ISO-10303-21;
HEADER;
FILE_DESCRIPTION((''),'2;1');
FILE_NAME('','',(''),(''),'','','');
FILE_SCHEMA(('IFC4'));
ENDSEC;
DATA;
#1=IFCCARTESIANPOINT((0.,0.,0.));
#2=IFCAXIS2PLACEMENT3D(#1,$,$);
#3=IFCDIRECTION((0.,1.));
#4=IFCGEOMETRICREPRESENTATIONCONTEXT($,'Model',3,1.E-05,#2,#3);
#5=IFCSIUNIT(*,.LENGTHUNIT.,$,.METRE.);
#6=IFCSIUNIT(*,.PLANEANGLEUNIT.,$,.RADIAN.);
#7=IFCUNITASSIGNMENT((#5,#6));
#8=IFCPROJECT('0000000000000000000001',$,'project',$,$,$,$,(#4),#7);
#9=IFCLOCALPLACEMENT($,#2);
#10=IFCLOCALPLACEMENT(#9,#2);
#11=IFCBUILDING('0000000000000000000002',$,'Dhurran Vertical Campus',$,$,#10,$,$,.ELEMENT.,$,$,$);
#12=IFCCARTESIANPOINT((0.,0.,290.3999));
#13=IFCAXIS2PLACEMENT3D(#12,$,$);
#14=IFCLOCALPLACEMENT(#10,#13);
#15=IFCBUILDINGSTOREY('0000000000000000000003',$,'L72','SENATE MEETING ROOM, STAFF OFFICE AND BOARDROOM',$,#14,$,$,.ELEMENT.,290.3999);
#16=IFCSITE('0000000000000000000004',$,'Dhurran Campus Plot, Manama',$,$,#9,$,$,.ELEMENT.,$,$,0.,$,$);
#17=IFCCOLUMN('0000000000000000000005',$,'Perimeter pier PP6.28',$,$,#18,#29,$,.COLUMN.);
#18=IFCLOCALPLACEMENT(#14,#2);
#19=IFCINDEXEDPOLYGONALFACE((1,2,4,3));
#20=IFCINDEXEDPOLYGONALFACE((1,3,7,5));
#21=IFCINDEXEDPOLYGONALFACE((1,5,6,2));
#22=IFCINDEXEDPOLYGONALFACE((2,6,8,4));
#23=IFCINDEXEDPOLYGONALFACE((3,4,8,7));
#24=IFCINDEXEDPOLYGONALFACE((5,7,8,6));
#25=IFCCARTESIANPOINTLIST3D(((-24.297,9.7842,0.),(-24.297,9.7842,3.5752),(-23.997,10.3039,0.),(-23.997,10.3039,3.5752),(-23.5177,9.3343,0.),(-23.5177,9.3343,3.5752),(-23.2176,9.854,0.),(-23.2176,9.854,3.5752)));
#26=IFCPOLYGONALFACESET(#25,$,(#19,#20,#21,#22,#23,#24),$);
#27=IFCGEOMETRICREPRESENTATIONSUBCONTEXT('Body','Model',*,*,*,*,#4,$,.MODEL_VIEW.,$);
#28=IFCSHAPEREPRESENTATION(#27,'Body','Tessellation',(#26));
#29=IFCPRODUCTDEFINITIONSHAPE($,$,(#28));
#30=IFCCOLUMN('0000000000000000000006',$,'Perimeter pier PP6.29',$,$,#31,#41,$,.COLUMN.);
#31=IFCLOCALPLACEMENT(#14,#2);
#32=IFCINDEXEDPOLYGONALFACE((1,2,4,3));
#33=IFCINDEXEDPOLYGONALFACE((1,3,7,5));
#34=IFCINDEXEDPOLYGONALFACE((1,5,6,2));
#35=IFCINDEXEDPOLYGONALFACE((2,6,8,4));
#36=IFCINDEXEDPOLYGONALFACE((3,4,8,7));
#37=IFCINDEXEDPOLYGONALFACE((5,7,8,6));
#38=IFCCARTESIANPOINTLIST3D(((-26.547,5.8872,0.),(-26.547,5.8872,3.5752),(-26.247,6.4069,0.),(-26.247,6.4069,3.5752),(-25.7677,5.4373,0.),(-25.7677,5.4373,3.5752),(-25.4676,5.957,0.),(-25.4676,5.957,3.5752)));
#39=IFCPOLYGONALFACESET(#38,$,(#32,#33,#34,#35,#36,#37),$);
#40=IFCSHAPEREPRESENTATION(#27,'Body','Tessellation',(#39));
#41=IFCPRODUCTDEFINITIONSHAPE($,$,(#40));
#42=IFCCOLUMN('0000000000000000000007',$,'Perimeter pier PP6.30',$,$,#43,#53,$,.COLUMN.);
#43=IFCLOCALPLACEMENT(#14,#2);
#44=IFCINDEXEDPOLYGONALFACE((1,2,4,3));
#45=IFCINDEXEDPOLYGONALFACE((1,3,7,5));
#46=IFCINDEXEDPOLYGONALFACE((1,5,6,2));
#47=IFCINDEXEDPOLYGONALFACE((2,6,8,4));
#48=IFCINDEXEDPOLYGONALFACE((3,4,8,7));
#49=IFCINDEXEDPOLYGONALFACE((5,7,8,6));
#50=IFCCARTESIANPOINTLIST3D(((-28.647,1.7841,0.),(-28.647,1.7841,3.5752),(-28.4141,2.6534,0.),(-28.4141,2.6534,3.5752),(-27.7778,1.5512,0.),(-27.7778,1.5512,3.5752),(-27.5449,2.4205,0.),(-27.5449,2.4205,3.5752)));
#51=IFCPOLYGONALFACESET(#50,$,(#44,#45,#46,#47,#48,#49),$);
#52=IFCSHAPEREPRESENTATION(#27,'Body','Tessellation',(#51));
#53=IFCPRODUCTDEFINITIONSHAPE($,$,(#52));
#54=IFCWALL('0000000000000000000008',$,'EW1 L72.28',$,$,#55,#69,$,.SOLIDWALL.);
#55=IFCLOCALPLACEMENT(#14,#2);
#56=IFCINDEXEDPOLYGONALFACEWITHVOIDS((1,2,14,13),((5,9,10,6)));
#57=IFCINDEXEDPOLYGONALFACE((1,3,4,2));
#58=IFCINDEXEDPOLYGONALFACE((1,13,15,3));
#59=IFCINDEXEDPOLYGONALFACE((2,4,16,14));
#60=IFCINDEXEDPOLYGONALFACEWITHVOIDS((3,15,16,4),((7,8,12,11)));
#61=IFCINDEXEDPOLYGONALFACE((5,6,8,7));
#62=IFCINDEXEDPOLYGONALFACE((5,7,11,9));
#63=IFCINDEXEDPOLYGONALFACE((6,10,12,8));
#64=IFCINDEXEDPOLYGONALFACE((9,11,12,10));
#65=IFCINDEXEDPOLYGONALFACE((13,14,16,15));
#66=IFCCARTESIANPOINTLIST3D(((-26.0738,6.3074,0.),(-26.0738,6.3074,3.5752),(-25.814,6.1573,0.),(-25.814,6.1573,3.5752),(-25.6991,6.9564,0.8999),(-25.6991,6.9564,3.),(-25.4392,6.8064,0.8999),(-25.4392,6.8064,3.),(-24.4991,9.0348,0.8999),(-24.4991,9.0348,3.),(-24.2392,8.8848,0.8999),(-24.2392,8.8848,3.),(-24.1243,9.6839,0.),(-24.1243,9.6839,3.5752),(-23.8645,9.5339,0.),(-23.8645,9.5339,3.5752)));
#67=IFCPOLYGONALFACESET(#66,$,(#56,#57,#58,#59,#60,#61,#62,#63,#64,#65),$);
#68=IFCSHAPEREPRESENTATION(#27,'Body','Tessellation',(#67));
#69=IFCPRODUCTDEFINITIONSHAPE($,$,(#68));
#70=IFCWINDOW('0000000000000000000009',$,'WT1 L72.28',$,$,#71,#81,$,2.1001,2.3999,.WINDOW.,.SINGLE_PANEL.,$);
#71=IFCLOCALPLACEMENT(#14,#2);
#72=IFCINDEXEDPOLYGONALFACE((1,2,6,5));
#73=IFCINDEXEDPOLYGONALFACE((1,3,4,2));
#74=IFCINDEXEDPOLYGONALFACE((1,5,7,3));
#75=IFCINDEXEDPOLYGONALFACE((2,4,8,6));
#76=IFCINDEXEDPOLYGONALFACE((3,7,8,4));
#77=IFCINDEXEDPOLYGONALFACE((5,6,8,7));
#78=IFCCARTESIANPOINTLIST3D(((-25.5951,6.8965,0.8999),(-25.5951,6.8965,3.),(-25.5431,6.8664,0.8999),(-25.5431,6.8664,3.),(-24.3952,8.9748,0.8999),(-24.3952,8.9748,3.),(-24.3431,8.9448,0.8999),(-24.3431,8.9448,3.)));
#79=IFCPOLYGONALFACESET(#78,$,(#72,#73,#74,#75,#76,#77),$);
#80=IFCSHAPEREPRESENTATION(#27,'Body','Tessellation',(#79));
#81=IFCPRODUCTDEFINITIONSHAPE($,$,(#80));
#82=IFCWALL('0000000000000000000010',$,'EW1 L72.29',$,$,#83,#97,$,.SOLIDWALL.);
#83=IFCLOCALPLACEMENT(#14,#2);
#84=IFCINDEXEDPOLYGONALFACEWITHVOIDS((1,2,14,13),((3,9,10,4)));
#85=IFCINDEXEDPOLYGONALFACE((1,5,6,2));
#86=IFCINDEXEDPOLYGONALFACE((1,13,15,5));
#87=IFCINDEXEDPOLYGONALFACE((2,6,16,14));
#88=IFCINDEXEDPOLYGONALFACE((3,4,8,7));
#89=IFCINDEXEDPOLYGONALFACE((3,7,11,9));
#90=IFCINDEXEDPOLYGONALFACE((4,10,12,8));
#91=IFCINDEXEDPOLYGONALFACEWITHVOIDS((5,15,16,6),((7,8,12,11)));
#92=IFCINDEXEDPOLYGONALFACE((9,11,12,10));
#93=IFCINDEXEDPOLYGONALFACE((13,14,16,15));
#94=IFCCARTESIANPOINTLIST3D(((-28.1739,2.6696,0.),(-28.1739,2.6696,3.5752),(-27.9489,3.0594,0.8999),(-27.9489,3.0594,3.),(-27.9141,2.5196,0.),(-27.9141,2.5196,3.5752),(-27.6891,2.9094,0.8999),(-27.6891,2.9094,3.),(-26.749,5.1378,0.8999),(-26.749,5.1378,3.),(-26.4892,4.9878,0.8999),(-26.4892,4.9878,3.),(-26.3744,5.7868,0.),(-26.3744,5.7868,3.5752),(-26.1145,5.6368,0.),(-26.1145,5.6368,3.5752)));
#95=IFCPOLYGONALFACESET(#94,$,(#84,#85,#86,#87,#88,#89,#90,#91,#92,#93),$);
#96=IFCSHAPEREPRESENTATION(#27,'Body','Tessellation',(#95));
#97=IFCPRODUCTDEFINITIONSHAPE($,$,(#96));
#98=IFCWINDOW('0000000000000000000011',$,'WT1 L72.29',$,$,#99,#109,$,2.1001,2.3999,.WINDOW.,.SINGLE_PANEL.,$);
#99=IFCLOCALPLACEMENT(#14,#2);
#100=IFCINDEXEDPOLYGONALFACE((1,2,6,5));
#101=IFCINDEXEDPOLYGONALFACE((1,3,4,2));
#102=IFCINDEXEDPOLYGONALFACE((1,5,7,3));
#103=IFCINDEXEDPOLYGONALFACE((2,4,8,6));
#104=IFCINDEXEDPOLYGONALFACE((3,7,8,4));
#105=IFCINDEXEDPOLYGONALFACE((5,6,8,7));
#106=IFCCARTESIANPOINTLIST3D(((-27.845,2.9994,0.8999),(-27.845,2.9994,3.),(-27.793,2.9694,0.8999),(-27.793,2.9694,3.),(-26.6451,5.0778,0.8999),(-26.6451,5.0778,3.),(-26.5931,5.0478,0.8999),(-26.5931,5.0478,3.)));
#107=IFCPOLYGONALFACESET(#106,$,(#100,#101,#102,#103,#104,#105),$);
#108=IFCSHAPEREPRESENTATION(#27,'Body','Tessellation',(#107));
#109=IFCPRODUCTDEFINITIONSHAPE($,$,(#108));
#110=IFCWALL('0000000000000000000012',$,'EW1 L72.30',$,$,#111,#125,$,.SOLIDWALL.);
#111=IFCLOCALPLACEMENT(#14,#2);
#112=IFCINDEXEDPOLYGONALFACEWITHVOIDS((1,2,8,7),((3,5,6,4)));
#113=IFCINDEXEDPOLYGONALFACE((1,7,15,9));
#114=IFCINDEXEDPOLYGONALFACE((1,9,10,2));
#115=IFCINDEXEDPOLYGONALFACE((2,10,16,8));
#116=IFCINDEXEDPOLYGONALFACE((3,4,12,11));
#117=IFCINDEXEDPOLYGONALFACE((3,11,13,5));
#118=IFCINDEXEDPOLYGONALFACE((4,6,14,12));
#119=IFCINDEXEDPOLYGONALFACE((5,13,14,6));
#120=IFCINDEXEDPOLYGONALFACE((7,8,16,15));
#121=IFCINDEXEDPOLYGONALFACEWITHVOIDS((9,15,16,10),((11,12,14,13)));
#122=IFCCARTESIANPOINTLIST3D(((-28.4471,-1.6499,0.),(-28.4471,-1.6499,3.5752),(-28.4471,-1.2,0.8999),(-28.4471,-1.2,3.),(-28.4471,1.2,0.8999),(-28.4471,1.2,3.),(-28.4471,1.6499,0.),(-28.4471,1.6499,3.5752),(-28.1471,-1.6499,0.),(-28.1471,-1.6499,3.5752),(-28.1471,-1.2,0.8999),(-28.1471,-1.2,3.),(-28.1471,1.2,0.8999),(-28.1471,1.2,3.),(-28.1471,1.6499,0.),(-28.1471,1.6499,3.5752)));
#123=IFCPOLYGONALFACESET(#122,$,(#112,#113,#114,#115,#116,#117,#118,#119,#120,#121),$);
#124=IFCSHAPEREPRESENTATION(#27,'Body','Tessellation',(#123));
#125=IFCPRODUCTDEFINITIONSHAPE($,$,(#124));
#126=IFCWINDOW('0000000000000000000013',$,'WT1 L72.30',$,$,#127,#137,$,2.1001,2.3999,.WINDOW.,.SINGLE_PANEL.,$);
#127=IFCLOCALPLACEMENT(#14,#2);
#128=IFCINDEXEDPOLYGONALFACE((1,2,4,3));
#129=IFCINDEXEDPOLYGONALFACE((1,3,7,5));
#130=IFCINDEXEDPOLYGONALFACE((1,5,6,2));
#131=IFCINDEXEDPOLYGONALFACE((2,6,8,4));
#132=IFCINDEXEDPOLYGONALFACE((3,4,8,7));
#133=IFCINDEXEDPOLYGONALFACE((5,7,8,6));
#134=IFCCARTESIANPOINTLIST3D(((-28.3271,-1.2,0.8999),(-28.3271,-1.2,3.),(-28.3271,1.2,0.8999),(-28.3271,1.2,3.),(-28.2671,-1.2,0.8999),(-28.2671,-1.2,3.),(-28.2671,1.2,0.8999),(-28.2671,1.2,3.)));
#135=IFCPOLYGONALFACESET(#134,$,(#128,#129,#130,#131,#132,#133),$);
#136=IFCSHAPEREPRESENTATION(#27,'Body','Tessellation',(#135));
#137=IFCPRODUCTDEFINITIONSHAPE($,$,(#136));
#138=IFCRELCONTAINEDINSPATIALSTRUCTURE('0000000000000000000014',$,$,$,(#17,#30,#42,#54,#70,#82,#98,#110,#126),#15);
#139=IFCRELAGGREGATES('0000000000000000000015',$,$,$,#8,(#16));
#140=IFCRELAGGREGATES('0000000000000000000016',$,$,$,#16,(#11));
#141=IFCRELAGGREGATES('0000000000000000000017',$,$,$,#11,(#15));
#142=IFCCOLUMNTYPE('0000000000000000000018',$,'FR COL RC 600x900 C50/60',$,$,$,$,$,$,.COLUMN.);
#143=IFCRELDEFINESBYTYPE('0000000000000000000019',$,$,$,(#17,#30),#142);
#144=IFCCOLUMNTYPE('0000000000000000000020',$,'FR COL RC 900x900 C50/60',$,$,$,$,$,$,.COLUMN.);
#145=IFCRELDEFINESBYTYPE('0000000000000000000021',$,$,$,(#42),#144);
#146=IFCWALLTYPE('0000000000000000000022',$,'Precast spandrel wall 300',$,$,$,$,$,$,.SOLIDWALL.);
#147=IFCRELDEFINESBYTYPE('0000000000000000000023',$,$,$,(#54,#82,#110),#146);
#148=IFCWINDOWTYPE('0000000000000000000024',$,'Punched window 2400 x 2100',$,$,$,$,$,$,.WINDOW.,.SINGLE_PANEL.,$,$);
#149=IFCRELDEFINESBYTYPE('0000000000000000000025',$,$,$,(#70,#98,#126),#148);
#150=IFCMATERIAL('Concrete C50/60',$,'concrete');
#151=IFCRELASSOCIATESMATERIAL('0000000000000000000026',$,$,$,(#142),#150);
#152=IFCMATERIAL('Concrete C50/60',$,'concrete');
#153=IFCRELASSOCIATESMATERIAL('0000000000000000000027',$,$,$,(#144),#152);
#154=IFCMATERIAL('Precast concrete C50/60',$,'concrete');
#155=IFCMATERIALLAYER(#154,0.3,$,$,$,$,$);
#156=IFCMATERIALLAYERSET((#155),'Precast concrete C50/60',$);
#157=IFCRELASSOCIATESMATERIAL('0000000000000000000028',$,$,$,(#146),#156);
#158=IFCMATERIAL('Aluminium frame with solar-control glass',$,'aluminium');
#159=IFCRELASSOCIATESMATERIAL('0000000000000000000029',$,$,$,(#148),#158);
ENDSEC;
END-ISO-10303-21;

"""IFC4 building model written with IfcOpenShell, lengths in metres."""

from ifc_helpers import new_model, si_unit, direction, frame, frame_2d, origin, origin_2d, place, context, subcontext, project, spatial, rectangle, extrude, material, layer, layer_set, material_profile, profile_set, type_object, element, fill, save


model = new_model("IFC4")

# Units and contexts
model_context = context("Model", 3, precision=1e-05, world=origin(), true_north=direction((0.0, 1.0)))
body_context = subcontext(model_context, "Body", "Model", "MODEL_VIEW")
ifc_project = project(units=[si_unit("LENGTHUNIT", "METRE"), si_unit("PLANEANGLEUNIT", "RADIAN")], contexts=[model_context])

# Site, building, storey
site_placement = place(None, origin())
site = spatial("IfcSite", under=ifc_project, at=site_placement, Name="Dhurran Campus Plot, Manama", CompositionType="ELEMENT", RefElevation=0.0)
building_placement = place(site_placement, origin())
building = spatial("IfcBuilding", under=site, at=building_placement, Name="Dhurran Vertical Campus", CompositionType="ELEMENT")
storey_placement = place(building_placement, frame((0.0, 0.0, 290.3999)))
storey = spatial("IfcBuildingStorey", under=building, at=storey_placement, Name="L72", Description="SENATE MEETING ROOM, STAFF OFFICE AND BOARDROOM", CompositionType="ELEMENT", Elevation=290.3999)

# Columns
ifc_material_1 = material(Name="Concrete C50/60", Category="concrete")
ifc_material_profile_1 = material_profile(ifc_material_1, rectangle(XDim=0.6001, YDim=0.8999, at=origin_2d()), Name="RC 600x900")
ifc_profile_set_1 = profile_set([ifc_material_profile_1], Name="Concrete C50/60")
column_type_1 = type_object("IfcColumnType", Name="FR COL RC 600x900 C50/60", PredefinedType="COLUMN", material=ifc_profile_set_1)
for number, where, z_axis, x_axis, name in (
    (1, (-23.7573, 9.8191, 0.0), (0.0, 0.0, 1.0), (-0.5, -0.866025, 0.0), "Perimeter pier PP6.28"),
    (2, (-26.0073, 5.9221, 0.0), (0.0, 0.0, 1.0), (-0.5, -0.866025, 0.0), "Perimeter pier PP6.29"),
):
    element("IfcColumn", number, at=place(storey_placement, frame(where, z_axis=z_axis, x_axis=x_axis)), inside=storey, type_object=column_type_1, Name=name, PredefinedType="COLUMN", context=body_context, shape_type="SweptSolid", body=[
        extrude(rectangle(XDim=0.6001, YDim=0.8999, at=origin_2d()), origin(), (0.0, 0.0, 1.0), 3.5752),
    ])
ifc_material_2 = material(Name="Concrete C50/60", Category="concrete")
ifc_material_profile_2 = material_profile(ifc_material_2, rectangle(XDim=0.8999, YDim=0.8999, at=origin_2d()), Name="RC 900x900")
ifc_profile_set_2 = profile_set([ifc_material_profile_2], Name="Concrete C50/60")
column_type_2 = type_object("IfcColumnType", Name="FR COL RC 900x900 C50/60", PredefinedType="COLUMN", material=ifc_profile_set_2)
column_placement = place(storey_placement, frame((-28.0959, 2.1023, 0.0), z_axis=(0.0, 0.0, 1.0), x_axis=(-0.258819, -0.965926, 0.0)))
element("IfcColumn", 3, at=column_placement, inside=storey, type_object=column_type_2, Name="Perimeter pier PP6.30", PredefinedType="COLUMN", context=body_context, shape_type="SweptSolid", body=[
    extrude(rectangle(XDim=0.8999, YDim=0.8999, at=origin_2d()), origin(), (0.0, 0.0, 1.0), 3.5752),
])

# Walls, openings, windows
ifc_material_3 = material(Name="Precast concrete C50/60", Category="concrete")
ifc_layer_1 = layer(ifc_material_3, 0.3)
ifc_layer_set_1 = layer_set([ifc_layer_1], Name="Precast concrete C50/60")
wall_type_1 = type_object("IfcWallType", Name="Precast spandrel wall 300", PredefinedType="SOLIDWALL", material=ifc_layer_set_1)
wall_1_placement = place(storey_placement, frame((-23.9944, 9.6089, 0.0), z_axis=(0.0, 0.0, 1.0), x_axis=(-0.500012, -0.866019, 0.0)))
wall_1 = element("IfcWall", 4, at=wall_1_placement, inside=storey, type_object=wall_type_1, Name="EW1 L72.28", PredefinedType="SOLIDWALL", context=body_context, shape_type="SweptSolid", body=[
    extrude(rectangle(XDim=3.8989, YDim=0.3, at=frame_2d((1.9495, 0.0))), origin(), (0.0, 0.0, 1.0), 3.5752),
])
opening_1_placement = place(wall_1_placement, frame((0.7495, 0.0, 0.8999)))
opening_1 = element("IfcOpeningElement", 5, at=opening_1_placement, cuts=wall_1, PredefinedType="OPENING", context=body_context, shape_type="SweptSolid", body=[
    extrude(rectangle(XDim=2.3999, YDim=2.1001, at=frame_2d((1.2, 1.05))), frame((0.0, 0.1599, 0.0), z_axis=(0.0, -1.0, 0.0), x_axis=(1.0, 0.0, 0.0)), (0.0, 0.0, 1.0), 0.3201),
])
ifc_material_4 = material(Name="Aluminium frame with solar-control glass", Category="aluminium")
window_type = type_object("IfcWindowType", Name="Punched window 2400 x 2100", PartitioningType="SINGLE_PANEL", PredefinedType="WINDOW", material=ifc_material_4)
window_1_placement = place(opening_1_placement, origin())
window_1 = element("IfcWindow", 6, at=window_1_placement, inside=storey, type_object=window_type, Name="WT1 L72.28", OverallHeight=2.1001, OverallWidth=2.3999, PartitioningType="SINGLE_PANEL", PredefinedType="WINDOW", context=body_context, shape_type="SweptSolid", body=[
    extrude(rectangle(XDim=2.3999, YDim=2.1001, at=frame_2d((1.2, 1.05))), frame((0.0, 0.03, 0.0), z_axis=(0.0, -1.0, 0.0), x_axis=(1.0, 0.0, 0.0)), (0.0, 0.0, 1.0), 0.0601),
])
fill(opening_1, window_1)
wall_2_placement = place(storey_placement, frame((-26.2444, 5.7119, 0.0), z_axis=(0.0, 0.0, 1.0), x_axis=(-0.499969, -0.866043, 0.0)))
wall_2 = element("IfcWall", 7, at=wall_2_placement, inside=storey, type_object=wall_type_1, Name="EW1 L72.29", PredefinedType="SOLIDWALL", context=body_context, shape_type="SweptSolid", body=[
    extrude(rectangle(XDim=3.5994, YDim=0.3, at=frame_2d((1.7998, 0.0))), origin(), (0.0, 0.0, 1.0), 3.5752),
])
opening_2_placement = place(wall_2_placement, frame((0.7495, 0.0, 0.8999)))
opening_2 = element("IfcOpeningElement", 8, at=opening_2_placement, cuts=wall_2, PredefinedType="OPENING", context=body_context, shape_type="SweptSolid", body=[
    extrude(rectangle(XDim=2.3999, YDim=2.1001, at=frame_2d((1.2, 1.05))), frame((0.0, 0.1599, 0.0), z_axis=(0.0, -1.0, 0.0), x_axis=(1.0, 0.0, 0.0)), (0.0, 0.0, 1.0), 0.3201),
])
window_2_placement = place(opening_2_placement, origin())
window_2 = element("IfcWindow", 9, at=window_2_placement, inside=storey, type_object=window_type, Name="WT1 L72.29", OverallHeight=2.1001, OverallWidth=2.3999, PartitioningType="SINGLE_PANEL", PredefinedType="WINDOW", context=body_context, shape_type="SweptSolid", body=[
    extrude(rectangle(XDim=2.3999, YDim=2.1001, at=frame_2d((1.2, 1.05))), frame((0.0, 0.03, 0.0), z_axis=(0.0, -1.0, 0.0), x_axis=(1.0, 0.0, 0.0)), (0.0, 0.0, 1.0), 0.0601),
])
fill(opening_2, window_2)
wall_3_placement = place(storey_placement, frame((-28.2971, 1.6499, 0.0), z_axis=(0.0, 0.0, 1.0), x_axis=(0.0, -1.0, 0.0)))
wall_3 = element("IfcWall", 10, at=wall_3_placement, inside=storey, type_object=wall_type_1, Name="EW1 L72.30", PredefinedType="SOLIDWALL", context=body_context, shape_type="SweptSolid", body=[
    extrude(rectangle(XDim=3.2998, YDim=0.3, at=frame_2d((1.6499, 0.0))), origin(), (0.0, 0.0, 1.0), 3.5752),
])
opening_3_placement = place(wall_3_placement, frame((0.45, 0.0, 0.8999)))
opening_3 = element("IfcOpeningElement", 11, at=opening_3_placement, cuts=wall_3, PredefinedType="OPENING", context=body_context, shape_type="SweptSolid", body=[
    extrude(rectangle(XDim=2.3999, YDim=2.1001, at=frame_2d((1.2, 1.05))), frame((0.0, 0.1599, 0.0), z_axis=(0.0, -1.0, 0.0), x_axis=(1.0, 0.0, 0.0)), (0.0, 0.0, 1.0), 0.3201),
])
window_3_placement = place(opening_3_placement, origin())
window_3 = element("IfcWindow", 12, at=window_3_placement, inside=storey, type_object=window_type, Name="WT1 L72.30", OverallHeight=2.1001, OverallWidth=2.3999, PartitioningType="SINGLE_PANEL", PredefinedType="WINDOW", context=body_context, shape_type="SweptSolid", body=[
    extrude(rectangle(XDim=2.3999, YDim=2.1001, at=frame_2d((1.2, 1.05))), frame((0.0, 0.03, 0.0), z_axis=(0.0, -1.0, 0.0), x_axis=(1.0, 0.0, 0.0)), (0.0, 0.0, 1.0), 0.0601),
])
fill(opening_3, window_3)

save(model, "model.ifc")
